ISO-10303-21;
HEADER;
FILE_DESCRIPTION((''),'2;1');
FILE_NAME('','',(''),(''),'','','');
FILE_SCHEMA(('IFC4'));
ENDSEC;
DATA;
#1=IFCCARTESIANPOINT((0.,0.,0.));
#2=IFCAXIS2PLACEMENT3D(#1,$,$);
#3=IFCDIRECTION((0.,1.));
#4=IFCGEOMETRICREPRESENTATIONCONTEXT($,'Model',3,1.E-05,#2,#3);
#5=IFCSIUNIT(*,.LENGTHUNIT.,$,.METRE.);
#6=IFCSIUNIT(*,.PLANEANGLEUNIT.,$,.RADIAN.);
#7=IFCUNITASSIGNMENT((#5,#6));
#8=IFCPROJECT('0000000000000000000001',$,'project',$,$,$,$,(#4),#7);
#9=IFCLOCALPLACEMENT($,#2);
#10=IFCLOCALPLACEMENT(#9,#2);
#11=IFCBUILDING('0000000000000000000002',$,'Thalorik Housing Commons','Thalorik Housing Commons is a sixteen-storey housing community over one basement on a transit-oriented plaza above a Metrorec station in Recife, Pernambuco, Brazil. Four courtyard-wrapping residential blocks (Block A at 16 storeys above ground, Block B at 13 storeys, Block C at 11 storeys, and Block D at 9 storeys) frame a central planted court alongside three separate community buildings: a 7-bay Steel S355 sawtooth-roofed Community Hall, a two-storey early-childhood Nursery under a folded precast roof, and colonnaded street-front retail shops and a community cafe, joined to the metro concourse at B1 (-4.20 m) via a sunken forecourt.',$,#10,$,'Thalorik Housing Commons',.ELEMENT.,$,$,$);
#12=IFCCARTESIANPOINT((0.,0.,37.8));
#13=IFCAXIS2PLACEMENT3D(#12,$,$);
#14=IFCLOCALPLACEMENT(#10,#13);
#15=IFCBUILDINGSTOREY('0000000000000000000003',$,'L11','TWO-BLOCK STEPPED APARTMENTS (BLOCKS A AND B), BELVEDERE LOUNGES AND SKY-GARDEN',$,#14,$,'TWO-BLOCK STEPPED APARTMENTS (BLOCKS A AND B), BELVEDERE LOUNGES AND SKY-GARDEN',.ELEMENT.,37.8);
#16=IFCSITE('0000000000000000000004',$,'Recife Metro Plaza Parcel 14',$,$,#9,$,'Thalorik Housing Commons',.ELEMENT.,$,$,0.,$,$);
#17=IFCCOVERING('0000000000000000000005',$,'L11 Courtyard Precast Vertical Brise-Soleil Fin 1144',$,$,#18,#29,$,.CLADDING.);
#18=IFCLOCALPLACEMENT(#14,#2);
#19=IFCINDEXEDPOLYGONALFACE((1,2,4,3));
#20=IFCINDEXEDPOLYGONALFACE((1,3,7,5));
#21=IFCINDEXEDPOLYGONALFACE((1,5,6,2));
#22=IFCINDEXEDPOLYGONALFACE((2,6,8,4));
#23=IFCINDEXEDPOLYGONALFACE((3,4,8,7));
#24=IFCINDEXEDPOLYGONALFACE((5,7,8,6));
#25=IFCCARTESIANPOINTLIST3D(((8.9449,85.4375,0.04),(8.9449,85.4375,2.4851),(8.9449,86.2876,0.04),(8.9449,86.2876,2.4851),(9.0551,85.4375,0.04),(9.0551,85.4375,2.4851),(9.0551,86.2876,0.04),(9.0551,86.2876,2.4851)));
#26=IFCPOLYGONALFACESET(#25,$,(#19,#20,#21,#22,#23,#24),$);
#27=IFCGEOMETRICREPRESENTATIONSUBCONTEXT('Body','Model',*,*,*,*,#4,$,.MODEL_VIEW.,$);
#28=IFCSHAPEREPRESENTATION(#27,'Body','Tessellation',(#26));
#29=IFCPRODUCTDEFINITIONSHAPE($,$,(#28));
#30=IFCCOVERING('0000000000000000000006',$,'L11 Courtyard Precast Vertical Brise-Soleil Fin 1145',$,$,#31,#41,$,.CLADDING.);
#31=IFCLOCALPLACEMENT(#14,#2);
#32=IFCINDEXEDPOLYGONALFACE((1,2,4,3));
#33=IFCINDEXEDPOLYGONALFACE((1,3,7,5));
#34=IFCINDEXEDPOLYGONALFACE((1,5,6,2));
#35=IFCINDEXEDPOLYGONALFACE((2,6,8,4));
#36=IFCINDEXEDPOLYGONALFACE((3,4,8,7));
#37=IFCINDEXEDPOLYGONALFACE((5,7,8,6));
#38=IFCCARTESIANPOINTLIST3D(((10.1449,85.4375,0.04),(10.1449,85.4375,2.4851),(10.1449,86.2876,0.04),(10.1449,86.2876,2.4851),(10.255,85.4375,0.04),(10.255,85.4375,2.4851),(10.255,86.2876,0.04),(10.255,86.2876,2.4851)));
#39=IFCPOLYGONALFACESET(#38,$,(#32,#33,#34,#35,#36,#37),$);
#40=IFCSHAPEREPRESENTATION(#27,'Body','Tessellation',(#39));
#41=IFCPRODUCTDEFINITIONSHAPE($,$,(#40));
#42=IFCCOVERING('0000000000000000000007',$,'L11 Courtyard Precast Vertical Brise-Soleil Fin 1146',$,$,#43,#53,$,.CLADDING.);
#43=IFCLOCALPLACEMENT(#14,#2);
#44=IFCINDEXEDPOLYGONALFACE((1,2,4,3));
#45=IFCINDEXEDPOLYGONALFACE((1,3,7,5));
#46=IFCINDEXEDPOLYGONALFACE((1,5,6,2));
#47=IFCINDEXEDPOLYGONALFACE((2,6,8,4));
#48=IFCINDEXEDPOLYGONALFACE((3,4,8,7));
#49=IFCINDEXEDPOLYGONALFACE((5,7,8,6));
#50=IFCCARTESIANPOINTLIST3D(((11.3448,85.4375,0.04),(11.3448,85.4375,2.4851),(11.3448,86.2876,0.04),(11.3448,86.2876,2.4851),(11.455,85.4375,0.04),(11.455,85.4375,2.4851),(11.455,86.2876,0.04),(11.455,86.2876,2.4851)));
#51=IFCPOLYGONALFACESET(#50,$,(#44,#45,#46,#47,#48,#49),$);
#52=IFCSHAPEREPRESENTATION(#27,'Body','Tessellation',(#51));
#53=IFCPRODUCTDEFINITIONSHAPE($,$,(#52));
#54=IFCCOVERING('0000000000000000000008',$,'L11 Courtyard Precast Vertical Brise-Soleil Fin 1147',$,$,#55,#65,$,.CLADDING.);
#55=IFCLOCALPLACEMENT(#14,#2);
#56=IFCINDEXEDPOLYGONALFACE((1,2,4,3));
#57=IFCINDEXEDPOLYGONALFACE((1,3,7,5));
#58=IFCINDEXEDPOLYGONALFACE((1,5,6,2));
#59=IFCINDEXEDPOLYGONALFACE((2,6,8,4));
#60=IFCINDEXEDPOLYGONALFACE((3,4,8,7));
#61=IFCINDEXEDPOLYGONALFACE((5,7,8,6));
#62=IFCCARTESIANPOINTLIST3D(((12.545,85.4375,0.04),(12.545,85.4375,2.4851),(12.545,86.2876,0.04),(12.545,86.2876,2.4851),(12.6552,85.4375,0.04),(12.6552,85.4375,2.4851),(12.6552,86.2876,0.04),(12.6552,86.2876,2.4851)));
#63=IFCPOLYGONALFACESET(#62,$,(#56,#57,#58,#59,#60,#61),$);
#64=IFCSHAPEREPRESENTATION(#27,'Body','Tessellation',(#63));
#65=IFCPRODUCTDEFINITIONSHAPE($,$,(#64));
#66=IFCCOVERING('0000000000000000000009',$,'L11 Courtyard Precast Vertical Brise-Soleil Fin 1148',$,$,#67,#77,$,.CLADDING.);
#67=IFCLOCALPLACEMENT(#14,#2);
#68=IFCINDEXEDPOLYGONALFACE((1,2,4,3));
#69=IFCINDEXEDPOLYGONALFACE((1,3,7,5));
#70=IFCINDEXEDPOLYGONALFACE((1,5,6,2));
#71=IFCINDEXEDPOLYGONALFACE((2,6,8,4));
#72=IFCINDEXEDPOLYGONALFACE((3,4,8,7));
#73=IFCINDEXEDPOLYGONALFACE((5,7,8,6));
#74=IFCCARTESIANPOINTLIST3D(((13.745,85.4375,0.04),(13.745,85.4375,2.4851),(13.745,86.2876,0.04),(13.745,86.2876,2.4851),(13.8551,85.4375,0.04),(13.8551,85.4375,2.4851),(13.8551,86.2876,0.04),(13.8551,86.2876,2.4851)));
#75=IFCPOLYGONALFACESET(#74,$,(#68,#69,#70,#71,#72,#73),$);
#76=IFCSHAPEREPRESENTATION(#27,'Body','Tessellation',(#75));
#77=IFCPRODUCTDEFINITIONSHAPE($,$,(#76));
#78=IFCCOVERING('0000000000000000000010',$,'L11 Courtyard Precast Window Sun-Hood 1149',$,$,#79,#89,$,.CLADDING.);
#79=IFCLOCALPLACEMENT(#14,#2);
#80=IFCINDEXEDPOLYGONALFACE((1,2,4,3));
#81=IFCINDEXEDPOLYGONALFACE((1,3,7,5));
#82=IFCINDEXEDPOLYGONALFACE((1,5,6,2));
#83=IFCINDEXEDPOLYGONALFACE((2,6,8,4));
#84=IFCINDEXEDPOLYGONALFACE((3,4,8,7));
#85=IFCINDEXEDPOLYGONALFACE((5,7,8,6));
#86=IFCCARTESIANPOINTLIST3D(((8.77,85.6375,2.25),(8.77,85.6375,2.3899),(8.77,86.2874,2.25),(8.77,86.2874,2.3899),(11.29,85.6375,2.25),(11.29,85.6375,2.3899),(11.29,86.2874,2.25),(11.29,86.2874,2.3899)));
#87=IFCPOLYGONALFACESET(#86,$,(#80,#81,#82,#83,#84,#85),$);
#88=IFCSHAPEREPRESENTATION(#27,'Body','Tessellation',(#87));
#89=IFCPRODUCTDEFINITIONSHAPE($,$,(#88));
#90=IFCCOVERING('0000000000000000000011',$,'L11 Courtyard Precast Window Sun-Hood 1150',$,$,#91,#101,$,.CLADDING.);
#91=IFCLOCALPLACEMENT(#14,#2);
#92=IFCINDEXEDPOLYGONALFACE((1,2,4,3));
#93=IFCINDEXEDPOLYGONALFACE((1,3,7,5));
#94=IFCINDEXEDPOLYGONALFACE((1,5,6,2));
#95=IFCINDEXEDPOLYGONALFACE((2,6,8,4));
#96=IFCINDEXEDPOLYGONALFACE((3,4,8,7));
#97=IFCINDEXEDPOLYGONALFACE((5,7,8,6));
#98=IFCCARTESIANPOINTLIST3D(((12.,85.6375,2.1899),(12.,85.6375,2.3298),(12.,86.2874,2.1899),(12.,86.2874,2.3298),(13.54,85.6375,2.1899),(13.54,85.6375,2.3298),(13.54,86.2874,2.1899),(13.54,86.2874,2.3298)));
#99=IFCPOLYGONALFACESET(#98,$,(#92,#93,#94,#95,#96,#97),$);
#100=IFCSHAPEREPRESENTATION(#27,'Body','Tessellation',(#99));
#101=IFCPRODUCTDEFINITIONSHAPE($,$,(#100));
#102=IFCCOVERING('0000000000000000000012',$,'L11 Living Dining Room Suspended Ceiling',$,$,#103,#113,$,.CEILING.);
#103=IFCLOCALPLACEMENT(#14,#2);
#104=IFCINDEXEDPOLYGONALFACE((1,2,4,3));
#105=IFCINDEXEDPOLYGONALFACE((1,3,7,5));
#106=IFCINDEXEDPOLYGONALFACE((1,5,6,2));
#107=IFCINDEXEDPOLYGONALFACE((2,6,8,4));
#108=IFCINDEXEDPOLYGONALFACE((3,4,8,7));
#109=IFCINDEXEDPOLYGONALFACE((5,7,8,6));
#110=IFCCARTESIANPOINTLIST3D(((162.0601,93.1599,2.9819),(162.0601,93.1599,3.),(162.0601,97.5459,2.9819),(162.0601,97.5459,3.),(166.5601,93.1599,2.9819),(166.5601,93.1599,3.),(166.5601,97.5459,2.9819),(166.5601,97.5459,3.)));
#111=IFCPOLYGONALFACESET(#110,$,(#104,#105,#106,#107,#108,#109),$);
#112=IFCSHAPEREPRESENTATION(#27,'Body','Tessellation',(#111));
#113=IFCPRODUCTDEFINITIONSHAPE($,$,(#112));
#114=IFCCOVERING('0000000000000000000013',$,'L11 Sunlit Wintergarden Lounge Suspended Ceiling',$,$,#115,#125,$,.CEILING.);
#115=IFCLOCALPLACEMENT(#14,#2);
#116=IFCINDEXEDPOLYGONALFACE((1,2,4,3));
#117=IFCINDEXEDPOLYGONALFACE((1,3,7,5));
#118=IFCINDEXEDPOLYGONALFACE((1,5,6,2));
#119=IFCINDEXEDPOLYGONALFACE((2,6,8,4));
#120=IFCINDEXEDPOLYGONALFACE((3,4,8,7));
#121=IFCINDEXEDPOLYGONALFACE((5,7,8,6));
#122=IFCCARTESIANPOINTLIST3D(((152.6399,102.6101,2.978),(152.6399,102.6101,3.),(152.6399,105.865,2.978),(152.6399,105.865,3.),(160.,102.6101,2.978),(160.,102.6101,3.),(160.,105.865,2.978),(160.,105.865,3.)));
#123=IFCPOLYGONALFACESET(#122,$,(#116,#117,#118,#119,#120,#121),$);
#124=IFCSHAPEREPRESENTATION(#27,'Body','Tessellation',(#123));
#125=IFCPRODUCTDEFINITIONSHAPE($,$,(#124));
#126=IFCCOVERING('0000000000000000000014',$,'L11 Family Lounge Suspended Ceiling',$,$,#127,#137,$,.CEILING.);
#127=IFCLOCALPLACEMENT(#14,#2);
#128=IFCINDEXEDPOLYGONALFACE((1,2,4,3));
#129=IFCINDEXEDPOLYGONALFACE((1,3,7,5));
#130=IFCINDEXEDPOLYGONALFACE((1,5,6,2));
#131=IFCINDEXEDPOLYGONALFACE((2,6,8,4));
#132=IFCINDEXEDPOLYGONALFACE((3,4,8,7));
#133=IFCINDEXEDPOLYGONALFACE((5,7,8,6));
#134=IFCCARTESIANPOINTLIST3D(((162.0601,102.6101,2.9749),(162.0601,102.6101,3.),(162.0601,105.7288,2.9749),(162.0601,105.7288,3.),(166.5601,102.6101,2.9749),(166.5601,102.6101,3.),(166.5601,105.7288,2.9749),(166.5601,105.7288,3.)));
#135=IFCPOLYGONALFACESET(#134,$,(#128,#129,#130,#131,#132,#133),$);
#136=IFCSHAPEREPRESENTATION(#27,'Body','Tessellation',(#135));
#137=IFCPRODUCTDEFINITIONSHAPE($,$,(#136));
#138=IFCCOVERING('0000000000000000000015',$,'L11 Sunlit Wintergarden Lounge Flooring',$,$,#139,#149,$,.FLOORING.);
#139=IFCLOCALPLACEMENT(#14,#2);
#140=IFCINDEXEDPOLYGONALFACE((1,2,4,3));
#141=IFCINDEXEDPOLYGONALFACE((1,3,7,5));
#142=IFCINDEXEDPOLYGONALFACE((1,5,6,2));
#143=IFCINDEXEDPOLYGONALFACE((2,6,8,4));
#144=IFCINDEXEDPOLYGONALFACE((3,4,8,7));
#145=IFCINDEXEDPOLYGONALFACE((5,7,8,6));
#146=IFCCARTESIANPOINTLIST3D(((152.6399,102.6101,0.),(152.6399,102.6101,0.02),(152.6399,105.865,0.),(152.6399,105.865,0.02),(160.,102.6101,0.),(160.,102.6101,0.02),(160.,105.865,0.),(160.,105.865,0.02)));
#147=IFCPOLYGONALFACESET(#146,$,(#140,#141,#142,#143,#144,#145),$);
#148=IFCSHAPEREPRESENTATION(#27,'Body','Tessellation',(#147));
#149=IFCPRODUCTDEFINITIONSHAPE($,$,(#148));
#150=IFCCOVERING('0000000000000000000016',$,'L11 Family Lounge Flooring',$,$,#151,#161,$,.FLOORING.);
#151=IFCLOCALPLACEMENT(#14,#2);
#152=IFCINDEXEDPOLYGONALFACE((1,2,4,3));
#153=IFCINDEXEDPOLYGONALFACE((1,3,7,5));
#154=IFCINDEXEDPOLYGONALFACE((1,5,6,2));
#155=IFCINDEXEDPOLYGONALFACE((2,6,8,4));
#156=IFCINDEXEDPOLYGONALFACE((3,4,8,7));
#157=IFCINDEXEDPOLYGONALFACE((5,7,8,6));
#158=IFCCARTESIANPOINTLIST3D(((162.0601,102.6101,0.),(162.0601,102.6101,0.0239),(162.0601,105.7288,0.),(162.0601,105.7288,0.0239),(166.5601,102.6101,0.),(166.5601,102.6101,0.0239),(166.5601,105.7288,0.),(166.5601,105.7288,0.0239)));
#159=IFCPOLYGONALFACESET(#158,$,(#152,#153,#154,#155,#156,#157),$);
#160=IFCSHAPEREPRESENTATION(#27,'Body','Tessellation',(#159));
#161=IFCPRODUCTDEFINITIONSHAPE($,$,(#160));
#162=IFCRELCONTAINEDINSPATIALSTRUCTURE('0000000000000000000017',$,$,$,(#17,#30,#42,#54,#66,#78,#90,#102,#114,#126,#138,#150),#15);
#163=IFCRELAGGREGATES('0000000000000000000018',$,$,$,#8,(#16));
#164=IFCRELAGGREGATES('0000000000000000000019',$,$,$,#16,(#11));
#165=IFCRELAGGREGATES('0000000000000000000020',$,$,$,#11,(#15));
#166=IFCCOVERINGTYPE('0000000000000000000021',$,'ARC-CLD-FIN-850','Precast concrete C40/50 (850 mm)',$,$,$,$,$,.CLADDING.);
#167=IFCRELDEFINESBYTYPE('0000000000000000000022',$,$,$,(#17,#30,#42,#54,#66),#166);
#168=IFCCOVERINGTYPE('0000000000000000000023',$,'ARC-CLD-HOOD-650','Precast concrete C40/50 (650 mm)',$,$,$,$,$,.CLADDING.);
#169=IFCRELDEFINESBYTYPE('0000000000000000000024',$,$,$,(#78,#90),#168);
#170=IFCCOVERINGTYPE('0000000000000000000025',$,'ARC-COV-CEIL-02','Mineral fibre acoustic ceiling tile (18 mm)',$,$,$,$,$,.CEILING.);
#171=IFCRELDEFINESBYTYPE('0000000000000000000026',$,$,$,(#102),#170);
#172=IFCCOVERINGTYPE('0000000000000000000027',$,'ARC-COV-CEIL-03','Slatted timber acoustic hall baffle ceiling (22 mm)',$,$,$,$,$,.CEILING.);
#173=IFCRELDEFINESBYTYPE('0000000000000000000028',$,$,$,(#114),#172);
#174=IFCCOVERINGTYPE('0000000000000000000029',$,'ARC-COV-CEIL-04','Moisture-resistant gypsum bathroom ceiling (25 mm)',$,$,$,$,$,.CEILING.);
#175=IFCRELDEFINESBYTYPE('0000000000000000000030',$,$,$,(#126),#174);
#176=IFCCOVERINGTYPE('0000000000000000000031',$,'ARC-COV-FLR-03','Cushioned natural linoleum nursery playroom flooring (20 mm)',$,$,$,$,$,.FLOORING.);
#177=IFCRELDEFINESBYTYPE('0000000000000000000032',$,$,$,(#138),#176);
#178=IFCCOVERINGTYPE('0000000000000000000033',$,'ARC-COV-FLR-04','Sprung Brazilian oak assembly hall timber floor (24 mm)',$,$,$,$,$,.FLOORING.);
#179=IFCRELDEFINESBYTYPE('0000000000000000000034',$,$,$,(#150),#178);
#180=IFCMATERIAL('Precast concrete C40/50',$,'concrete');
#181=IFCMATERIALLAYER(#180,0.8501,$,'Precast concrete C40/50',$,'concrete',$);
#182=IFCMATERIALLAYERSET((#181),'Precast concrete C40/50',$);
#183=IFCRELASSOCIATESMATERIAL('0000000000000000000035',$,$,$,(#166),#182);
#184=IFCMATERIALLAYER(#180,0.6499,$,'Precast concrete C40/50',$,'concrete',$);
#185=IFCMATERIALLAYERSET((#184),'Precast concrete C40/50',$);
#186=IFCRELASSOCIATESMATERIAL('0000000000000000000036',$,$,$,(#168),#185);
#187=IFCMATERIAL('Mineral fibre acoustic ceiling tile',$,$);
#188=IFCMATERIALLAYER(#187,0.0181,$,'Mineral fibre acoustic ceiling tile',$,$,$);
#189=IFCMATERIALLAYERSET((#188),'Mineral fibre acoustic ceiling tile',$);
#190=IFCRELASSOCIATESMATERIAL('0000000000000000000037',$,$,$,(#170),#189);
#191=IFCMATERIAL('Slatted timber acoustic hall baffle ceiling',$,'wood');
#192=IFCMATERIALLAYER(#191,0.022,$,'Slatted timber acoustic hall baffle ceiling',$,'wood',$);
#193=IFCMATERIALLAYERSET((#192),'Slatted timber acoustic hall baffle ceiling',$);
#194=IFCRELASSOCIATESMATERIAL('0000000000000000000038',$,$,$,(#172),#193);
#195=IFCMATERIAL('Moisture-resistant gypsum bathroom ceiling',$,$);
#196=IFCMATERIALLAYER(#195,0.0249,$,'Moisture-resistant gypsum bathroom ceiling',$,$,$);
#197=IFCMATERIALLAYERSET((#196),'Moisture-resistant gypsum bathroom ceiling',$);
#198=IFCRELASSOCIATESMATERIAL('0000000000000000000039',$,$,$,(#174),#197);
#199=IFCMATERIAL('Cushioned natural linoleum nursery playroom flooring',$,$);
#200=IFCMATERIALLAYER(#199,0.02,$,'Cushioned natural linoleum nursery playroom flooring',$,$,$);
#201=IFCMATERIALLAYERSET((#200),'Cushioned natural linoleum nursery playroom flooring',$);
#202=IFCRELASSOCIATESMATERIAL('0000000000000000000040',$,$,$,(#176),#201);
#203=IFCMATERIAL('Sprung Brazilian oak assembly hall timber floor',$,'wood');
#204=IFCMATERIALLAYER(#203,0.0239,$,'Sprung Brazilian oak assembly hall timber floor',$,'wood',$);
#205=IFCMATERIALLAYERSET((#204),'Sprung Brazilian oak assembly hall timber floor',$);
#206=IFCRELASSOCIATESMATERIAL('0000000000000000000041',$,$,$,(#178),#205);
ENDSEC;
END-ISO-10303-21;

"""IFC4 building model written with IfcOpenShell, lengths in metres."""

from ifc_helpers import new_model, si_unit, direction, frame, origin, origin_2d, place, context, subcontext, project, spatial, polyline, rectangle, outline, extrude, material, layer, layer_set, type_object, element, save


model = new_model("IFC4")

# Units and contexts
model_context = context("Model", 3, precision=1e-05, world=origin(), true_north=direction((0.0, 1.0)))
body_context = subcontext(model_context, "Body", "Model", "MODEL_VIEW")
ifc_project = project(units=[si_unit("LENGTHUNIT", "METRE"), si_unit("PLANEANGLEUNIT", "RADIAN")], contexts=[model_context])

# Site, building, storey
site_placement = place(None, origin())
site = spatial("IfcSite", under=ifc_project, at=site_placement, Name="Recife Metro Plaza Parcel 14", LongName="Thalorik Housing Commons", CompositionType="ELEMENT", RefElevation=0.0)
building_placement = place(site_placement, origin())
building = spatial("IfcBuilding", under=site, at=building_placement, Name="Thalorik Housing Commons", Description="Thalorik Housing Commons is a sixteen-storey housing community over one basement on a transit-oriented plaza above a Metrorec station in Recife, Pernambuco, Brazil. Four courtyard-wrapping residential blocks (Block A at 16 storeys above ground, Block B at 13 storeys, Block C at 11 storeys, and Block D at 9 storeys) frame a central planted court alongside three separate community buildings: a 7-bay Steel S355 sawtooth-roofed Community Hall, a two-storey early-childhood Nursery under a folded precast roof, and colonnaded street-front retail shops and a community cafe, joined to the metro concourse at B1 (-4.20 m) via a sunken forecourt.", LongName="Thalorik Housing Commons", CompositionType="ELEMENT")
storey_placement = place(building_placement, frame((0.0, 0.0, 37.8)))
storey = spatial("IfcBuildingStorey", under=building, at=storey_placement, Name="L11", Description="TWO-BLOCK STEPPED APARTMENTS (BLOCKS A AND B), BELVEDERE LOUNGES AND SKY-GARDEN", LongName="TWO-BLOCK STEPPED APARTMENTS (BLOCKS A AND B), BELVEDERE LOUNGES AND SKY-GARDEN", CompositionType="ELEMENT", Elevation=37.8)

# Shared definitions
ifc_material_1 = material(Name="Precast concrete C40/50", Category="concrete")

# Coverings
ifc_layer_1 = layer(ifc_material_1, 0.8501, Name="Precast concrete C40/50", Category="concrete")
ifc_layer_set_1 = layer_set([ifc_layer_1], Name="Precast concrete C40/50")
covering_type_1 = type_object("IfcCoveringType", Name="ARC-CLD-FIN-850", Description="Precast concrete C40/50 (850 mm)", PredefinedType="CLADDING", material=ifc_layer_set_1)
for number, where, z_axis, x_axis, name in (
    (1, (9.0, 85.8625, 0.04), (0.0, 0.0, 1.0), (1.0, 0.0, 0.0), "L11 Courtyard Precast Vertical Brise-Soleil Fin 1144"),
    (2, (10.2, 85.8625, 0.04), (0.0, 0.0, 1.0), (1.0, 0.0, 0.0), "L11 Courtyard Precast Vertical Brise-Soleil Fin 1145"),
    (3, (11.3999, 85.8625, 0.04), (0.0, 0.0, 1.0), (1.0, 0.0, 0.0), "L11 Courtyard Precast Vertical Brise-Soleil Fin 1146"),
    (4, (12.6001, 85.8625, 0.04), (0.0, 0.0, 1.0), (1.0, 0.0, 0.0), "L11 Courtyard Precast Vertical Brise-Soleil Fin 1147"),
    (5, (13.8, 85.8625, 0.04), (0.0, 0.0, 1.0), (1.0, 0.0, 0.0), "L11 Courtyard Precast Vertical Brise-Soleil Fin 1148"),
):
    element("IfcCovering", number, at=place(storey_placement, frame(where, z_axis=z_axis, x_axis=x_axis)), inside=storey, type_object=covering_type_1, Name=name, PredefinedType="CLADDING", context=body_context, shape_type="SweptSolid", body=[
        extrude(rectangle(XDim=0.1101, YDim=0.8501, at=origin_2d()), origin(), (0.0, 0.0, 1.0), 2.4451),
    ])
ifc_layer_2 = layer(ifc_material_1, 0.6499, Name="Precast concrete C40/50", Category="concrete")
ifc_layer_set_2 = layer_set([ifc_layer_2], Name="Precast concrete C40/50")
covering_type_2 = type_object("IfcCoveringType", Name="ARC-CLD-HOOD-650", Description="Precast concrete C40/50 (650 mm)", PredefinedType="CLADDING", material=ifc_layer_set_2)
covering_1_placement = place(storey_placement, frame((10.03, 85.9624, 2.25), z_axis=(0.0, 0.0, 1.0), x_axis=(1.0, 0.0, 0.0)))
element("IfcCovering", 6, at=covering_1_placement, inside=storey, type_object=covering_type_2, Name="L11 Courtyard Precast Window Sun-Hood 1149", PredefinedType="CLADDING", context=body_context, shape_type="SweptSolid", body=[
    extrude(rectangle(XDim=2.52, YDim=0.6499, at=origin_2d()), origin(), (0.0, 0.0, 1.0), 0.1399),
])
covering_2_placement = place(storey_placement, frame((12.77, 85.9624, 2.1899), z_axis=(0.0, 0.0, 1.0), x_axis=(1.0, 0.0, 0.0)))
element("IfcCovering", 7, at=covering_2_placement, inside=storey, type_object=covering_type_2, Name="L11 Courtyard Precast Window Sun-Hood 1150", PredefinedType="CLADDING", context=body_context, shape_type="SweptSolid", body=[
    extrude(rectangle(XDim=1.54, YDim=0.6499, at=origin_2d()), origin(), (0.0, 0.0, 1.0), 0.1399),
])
ifc_material_2 = material(Name="Mineral fibre acoustic ceiling tile")
ifc_layer_3 = layer(ifc_material_2, 0.0181, Name="Mineral fibre acoustic ceiling tile")
ifc_layer_set_3 = layer_set([ifc_layer_3], Name="Mineral fibre acoustic ceiling tile")
covering_type_3 = type_object("IfcCoveringType", Name="ARC-COV-CEIL-02", Description="Mineral fibre acoustic ceiling tile (18 mm)", PredefinedType="CEILING", material=ifc_layer_set_3)
covering_3_placement = place(storey_placement, frame((0.0, 0.0, 2.9819)))
element("IfcCovering", 8, at=covering_3_placement, inside=storey, type_object=covering_type_3, Name="L11 Living Dining Room Suspended Ceiling", PredefinedType="CEILING", context=body_context, shape_type="SweptSolid", body=[
    extrude(outline(polyline([(166.5601, 97.5459), (162.0601, 97.5459), (162.0601, 93.1599), (166.5601, 93.1599), (166.5601, 97.5459)])), origin(), (0.0, 0.0, 1.0), 0.0181),
])
ifc_material_3 = material(Name="Slatted timber acoustic hall baffle ceiling", Category="wood")
ifc_layer_4 = layer(ifc_material_3, 0.022, Name="Slatted timber acoustic hall baffle ceiling", Category="wood")
ifc_layer_set_4 = layer_set([ifc_layer_4], Name="Slatted timber acoustic hall baffle ceiling")
covering_type_4 = type_object("IfcCoveringType", Name="ARC-COV-CEIL-03", Description="Slatted timber acoustic hall baffle ceiling (22 mm)", PredefinedType="CEILING", material=ifc_layer_set_4)
covering_4_placement = place(storey_placement, frame((0.0, 0.0, 2.978)))
element("IfcCovering", 9, at=covering_4_placement, inside=storey, type_object=covering_type_4, Name="L11 Sunlit Wintergarden Lounge Suspended Ceiling", PredefinedType="CEILING", context=body_context, shape_type="SweptSolid", body=[
    extrude(outline(polyline([(160.0, 105.865), (152.6399, 105.865), (152.6399, 102.6101), (160.0, 102.6101), (160.0, 105.865)])), origin(), (0.0, 0.0, 1.0), 0.022),
])
ifc_material_4 = material(Name="Moisture-resistant gypsum bathroom ceiling")
ifc_layer_5 = layer(ifc_material_4, 0.0249, Name="Moisture-resistant gypsum bathroom ceiling")
ifc_layer_set_5 = layer_set([ifc_layer_5], Name="Moisture-resistant gypsum bathroom ceiling")
covering_type_5 = type_object("IfcCoveringType", Name="ARC-COV-CEIL-04", Description="Moisture-resistant gypsum bathroom ceiling (25 mm)", PredefinedType="CEILING", material=ifc_layer_set_5)
covering_5_placement = place(storey_placement, frame((0.0, 0.0, 2.9749)))
element("IfcCovering", 10, at=covering_5_placement, inside=storey, type_object=covering_type_5, Name="L11 Family Lounge Suspended Ceiling", PredefinedType="CEILING", context=body_context, shape_type="SweptSolid", body=[
    extrude(outline(polyline([(166.5601, 105.7288), (162.0601, 105.7288), (162.0601, 102.6101), (166.5601, 102.6101), (166.5601, 105.7288)])), origin(), (0.0, 0.0, 1.0), 0.0251),
])
ifc_material_5 = material(Name="Cushioned natural linoleum nursery playroom flooring")
ifc_layer_6 = layer(ifc_material_5, 0.02, Name="Cushioned natural linoleum nursery playroom flooring")
ifc_layer_set_6 = layer_set([ifc_layer_6], Name="Cushioned natural linoleum nursery playroom flooring")
covering_type_6 = type_object("IfcCoveringType", Name="ARC-COV-FLR-03", Description="Cushioned natural linoleum nursery playroom flooring (20 mm)", PredefinedType="FLOORING", material=ifc_layer_set_6)
covering_6_placement = place(storey_placement, origin())
element("IfcCovering", 11, at=covering_6_placement, inside=storey, type_object=covering_type_6, Name="L11 Sunlit Wintergarden Lounge Flooring", PredefinedType="FLOORING", context=body_context, shape_type="SweptSolid", body=[
    extrude(outline(polyline([(160.0, 105.865), (152.6399, 105.865), (152.6399, 102.6101), (160.0, 102.6101), (160.0, 105.865)])), origin(), (0.0, 0.0, 1.0), 0.02),
])
ifc_material_6 = material(Name="Sprung Brazilian oak assembly hall timber floor", Category="wood")
ifc_layer_7 = layer(ifc_material_6, 0.0239, Name="Sprung Brazilian oak assembly hall timber floor", Category="wood")
ifc_layer_set_7 = layer_set([ifc_layer_7], Name="Sprung Brazilian oak assembly hall timber floor")
covering_type_7 = type_object("IfcCoveringType", Name="ARC-COV-FLR-04", Description="Sprung Brazilian oak assembly hall timber floor (24 mm)", PredefinedType="FLOORING", material=ifc_layer_set_7)
covering_7_placement = place(storey_placement, origin())
element("IfcCovering", 12, at=covering_7_placement, inside=storey, type_object=covering_type_7, Name="L11 Family Lounge Flooring", PredefinedType="FLOORING", context=body_context, shape_type="SweptSolid", body=[
    extrude(outline(polyline([(166.5601, 105.7288), (162.0601, 105.7288), (162.0601, 102.6101), (166.5601, 102.6101), (166.5601, 105.7288)])), origin(), (0.0, 0.0, 1.0), 0.0239),
])

save(model, "model.ifc")
